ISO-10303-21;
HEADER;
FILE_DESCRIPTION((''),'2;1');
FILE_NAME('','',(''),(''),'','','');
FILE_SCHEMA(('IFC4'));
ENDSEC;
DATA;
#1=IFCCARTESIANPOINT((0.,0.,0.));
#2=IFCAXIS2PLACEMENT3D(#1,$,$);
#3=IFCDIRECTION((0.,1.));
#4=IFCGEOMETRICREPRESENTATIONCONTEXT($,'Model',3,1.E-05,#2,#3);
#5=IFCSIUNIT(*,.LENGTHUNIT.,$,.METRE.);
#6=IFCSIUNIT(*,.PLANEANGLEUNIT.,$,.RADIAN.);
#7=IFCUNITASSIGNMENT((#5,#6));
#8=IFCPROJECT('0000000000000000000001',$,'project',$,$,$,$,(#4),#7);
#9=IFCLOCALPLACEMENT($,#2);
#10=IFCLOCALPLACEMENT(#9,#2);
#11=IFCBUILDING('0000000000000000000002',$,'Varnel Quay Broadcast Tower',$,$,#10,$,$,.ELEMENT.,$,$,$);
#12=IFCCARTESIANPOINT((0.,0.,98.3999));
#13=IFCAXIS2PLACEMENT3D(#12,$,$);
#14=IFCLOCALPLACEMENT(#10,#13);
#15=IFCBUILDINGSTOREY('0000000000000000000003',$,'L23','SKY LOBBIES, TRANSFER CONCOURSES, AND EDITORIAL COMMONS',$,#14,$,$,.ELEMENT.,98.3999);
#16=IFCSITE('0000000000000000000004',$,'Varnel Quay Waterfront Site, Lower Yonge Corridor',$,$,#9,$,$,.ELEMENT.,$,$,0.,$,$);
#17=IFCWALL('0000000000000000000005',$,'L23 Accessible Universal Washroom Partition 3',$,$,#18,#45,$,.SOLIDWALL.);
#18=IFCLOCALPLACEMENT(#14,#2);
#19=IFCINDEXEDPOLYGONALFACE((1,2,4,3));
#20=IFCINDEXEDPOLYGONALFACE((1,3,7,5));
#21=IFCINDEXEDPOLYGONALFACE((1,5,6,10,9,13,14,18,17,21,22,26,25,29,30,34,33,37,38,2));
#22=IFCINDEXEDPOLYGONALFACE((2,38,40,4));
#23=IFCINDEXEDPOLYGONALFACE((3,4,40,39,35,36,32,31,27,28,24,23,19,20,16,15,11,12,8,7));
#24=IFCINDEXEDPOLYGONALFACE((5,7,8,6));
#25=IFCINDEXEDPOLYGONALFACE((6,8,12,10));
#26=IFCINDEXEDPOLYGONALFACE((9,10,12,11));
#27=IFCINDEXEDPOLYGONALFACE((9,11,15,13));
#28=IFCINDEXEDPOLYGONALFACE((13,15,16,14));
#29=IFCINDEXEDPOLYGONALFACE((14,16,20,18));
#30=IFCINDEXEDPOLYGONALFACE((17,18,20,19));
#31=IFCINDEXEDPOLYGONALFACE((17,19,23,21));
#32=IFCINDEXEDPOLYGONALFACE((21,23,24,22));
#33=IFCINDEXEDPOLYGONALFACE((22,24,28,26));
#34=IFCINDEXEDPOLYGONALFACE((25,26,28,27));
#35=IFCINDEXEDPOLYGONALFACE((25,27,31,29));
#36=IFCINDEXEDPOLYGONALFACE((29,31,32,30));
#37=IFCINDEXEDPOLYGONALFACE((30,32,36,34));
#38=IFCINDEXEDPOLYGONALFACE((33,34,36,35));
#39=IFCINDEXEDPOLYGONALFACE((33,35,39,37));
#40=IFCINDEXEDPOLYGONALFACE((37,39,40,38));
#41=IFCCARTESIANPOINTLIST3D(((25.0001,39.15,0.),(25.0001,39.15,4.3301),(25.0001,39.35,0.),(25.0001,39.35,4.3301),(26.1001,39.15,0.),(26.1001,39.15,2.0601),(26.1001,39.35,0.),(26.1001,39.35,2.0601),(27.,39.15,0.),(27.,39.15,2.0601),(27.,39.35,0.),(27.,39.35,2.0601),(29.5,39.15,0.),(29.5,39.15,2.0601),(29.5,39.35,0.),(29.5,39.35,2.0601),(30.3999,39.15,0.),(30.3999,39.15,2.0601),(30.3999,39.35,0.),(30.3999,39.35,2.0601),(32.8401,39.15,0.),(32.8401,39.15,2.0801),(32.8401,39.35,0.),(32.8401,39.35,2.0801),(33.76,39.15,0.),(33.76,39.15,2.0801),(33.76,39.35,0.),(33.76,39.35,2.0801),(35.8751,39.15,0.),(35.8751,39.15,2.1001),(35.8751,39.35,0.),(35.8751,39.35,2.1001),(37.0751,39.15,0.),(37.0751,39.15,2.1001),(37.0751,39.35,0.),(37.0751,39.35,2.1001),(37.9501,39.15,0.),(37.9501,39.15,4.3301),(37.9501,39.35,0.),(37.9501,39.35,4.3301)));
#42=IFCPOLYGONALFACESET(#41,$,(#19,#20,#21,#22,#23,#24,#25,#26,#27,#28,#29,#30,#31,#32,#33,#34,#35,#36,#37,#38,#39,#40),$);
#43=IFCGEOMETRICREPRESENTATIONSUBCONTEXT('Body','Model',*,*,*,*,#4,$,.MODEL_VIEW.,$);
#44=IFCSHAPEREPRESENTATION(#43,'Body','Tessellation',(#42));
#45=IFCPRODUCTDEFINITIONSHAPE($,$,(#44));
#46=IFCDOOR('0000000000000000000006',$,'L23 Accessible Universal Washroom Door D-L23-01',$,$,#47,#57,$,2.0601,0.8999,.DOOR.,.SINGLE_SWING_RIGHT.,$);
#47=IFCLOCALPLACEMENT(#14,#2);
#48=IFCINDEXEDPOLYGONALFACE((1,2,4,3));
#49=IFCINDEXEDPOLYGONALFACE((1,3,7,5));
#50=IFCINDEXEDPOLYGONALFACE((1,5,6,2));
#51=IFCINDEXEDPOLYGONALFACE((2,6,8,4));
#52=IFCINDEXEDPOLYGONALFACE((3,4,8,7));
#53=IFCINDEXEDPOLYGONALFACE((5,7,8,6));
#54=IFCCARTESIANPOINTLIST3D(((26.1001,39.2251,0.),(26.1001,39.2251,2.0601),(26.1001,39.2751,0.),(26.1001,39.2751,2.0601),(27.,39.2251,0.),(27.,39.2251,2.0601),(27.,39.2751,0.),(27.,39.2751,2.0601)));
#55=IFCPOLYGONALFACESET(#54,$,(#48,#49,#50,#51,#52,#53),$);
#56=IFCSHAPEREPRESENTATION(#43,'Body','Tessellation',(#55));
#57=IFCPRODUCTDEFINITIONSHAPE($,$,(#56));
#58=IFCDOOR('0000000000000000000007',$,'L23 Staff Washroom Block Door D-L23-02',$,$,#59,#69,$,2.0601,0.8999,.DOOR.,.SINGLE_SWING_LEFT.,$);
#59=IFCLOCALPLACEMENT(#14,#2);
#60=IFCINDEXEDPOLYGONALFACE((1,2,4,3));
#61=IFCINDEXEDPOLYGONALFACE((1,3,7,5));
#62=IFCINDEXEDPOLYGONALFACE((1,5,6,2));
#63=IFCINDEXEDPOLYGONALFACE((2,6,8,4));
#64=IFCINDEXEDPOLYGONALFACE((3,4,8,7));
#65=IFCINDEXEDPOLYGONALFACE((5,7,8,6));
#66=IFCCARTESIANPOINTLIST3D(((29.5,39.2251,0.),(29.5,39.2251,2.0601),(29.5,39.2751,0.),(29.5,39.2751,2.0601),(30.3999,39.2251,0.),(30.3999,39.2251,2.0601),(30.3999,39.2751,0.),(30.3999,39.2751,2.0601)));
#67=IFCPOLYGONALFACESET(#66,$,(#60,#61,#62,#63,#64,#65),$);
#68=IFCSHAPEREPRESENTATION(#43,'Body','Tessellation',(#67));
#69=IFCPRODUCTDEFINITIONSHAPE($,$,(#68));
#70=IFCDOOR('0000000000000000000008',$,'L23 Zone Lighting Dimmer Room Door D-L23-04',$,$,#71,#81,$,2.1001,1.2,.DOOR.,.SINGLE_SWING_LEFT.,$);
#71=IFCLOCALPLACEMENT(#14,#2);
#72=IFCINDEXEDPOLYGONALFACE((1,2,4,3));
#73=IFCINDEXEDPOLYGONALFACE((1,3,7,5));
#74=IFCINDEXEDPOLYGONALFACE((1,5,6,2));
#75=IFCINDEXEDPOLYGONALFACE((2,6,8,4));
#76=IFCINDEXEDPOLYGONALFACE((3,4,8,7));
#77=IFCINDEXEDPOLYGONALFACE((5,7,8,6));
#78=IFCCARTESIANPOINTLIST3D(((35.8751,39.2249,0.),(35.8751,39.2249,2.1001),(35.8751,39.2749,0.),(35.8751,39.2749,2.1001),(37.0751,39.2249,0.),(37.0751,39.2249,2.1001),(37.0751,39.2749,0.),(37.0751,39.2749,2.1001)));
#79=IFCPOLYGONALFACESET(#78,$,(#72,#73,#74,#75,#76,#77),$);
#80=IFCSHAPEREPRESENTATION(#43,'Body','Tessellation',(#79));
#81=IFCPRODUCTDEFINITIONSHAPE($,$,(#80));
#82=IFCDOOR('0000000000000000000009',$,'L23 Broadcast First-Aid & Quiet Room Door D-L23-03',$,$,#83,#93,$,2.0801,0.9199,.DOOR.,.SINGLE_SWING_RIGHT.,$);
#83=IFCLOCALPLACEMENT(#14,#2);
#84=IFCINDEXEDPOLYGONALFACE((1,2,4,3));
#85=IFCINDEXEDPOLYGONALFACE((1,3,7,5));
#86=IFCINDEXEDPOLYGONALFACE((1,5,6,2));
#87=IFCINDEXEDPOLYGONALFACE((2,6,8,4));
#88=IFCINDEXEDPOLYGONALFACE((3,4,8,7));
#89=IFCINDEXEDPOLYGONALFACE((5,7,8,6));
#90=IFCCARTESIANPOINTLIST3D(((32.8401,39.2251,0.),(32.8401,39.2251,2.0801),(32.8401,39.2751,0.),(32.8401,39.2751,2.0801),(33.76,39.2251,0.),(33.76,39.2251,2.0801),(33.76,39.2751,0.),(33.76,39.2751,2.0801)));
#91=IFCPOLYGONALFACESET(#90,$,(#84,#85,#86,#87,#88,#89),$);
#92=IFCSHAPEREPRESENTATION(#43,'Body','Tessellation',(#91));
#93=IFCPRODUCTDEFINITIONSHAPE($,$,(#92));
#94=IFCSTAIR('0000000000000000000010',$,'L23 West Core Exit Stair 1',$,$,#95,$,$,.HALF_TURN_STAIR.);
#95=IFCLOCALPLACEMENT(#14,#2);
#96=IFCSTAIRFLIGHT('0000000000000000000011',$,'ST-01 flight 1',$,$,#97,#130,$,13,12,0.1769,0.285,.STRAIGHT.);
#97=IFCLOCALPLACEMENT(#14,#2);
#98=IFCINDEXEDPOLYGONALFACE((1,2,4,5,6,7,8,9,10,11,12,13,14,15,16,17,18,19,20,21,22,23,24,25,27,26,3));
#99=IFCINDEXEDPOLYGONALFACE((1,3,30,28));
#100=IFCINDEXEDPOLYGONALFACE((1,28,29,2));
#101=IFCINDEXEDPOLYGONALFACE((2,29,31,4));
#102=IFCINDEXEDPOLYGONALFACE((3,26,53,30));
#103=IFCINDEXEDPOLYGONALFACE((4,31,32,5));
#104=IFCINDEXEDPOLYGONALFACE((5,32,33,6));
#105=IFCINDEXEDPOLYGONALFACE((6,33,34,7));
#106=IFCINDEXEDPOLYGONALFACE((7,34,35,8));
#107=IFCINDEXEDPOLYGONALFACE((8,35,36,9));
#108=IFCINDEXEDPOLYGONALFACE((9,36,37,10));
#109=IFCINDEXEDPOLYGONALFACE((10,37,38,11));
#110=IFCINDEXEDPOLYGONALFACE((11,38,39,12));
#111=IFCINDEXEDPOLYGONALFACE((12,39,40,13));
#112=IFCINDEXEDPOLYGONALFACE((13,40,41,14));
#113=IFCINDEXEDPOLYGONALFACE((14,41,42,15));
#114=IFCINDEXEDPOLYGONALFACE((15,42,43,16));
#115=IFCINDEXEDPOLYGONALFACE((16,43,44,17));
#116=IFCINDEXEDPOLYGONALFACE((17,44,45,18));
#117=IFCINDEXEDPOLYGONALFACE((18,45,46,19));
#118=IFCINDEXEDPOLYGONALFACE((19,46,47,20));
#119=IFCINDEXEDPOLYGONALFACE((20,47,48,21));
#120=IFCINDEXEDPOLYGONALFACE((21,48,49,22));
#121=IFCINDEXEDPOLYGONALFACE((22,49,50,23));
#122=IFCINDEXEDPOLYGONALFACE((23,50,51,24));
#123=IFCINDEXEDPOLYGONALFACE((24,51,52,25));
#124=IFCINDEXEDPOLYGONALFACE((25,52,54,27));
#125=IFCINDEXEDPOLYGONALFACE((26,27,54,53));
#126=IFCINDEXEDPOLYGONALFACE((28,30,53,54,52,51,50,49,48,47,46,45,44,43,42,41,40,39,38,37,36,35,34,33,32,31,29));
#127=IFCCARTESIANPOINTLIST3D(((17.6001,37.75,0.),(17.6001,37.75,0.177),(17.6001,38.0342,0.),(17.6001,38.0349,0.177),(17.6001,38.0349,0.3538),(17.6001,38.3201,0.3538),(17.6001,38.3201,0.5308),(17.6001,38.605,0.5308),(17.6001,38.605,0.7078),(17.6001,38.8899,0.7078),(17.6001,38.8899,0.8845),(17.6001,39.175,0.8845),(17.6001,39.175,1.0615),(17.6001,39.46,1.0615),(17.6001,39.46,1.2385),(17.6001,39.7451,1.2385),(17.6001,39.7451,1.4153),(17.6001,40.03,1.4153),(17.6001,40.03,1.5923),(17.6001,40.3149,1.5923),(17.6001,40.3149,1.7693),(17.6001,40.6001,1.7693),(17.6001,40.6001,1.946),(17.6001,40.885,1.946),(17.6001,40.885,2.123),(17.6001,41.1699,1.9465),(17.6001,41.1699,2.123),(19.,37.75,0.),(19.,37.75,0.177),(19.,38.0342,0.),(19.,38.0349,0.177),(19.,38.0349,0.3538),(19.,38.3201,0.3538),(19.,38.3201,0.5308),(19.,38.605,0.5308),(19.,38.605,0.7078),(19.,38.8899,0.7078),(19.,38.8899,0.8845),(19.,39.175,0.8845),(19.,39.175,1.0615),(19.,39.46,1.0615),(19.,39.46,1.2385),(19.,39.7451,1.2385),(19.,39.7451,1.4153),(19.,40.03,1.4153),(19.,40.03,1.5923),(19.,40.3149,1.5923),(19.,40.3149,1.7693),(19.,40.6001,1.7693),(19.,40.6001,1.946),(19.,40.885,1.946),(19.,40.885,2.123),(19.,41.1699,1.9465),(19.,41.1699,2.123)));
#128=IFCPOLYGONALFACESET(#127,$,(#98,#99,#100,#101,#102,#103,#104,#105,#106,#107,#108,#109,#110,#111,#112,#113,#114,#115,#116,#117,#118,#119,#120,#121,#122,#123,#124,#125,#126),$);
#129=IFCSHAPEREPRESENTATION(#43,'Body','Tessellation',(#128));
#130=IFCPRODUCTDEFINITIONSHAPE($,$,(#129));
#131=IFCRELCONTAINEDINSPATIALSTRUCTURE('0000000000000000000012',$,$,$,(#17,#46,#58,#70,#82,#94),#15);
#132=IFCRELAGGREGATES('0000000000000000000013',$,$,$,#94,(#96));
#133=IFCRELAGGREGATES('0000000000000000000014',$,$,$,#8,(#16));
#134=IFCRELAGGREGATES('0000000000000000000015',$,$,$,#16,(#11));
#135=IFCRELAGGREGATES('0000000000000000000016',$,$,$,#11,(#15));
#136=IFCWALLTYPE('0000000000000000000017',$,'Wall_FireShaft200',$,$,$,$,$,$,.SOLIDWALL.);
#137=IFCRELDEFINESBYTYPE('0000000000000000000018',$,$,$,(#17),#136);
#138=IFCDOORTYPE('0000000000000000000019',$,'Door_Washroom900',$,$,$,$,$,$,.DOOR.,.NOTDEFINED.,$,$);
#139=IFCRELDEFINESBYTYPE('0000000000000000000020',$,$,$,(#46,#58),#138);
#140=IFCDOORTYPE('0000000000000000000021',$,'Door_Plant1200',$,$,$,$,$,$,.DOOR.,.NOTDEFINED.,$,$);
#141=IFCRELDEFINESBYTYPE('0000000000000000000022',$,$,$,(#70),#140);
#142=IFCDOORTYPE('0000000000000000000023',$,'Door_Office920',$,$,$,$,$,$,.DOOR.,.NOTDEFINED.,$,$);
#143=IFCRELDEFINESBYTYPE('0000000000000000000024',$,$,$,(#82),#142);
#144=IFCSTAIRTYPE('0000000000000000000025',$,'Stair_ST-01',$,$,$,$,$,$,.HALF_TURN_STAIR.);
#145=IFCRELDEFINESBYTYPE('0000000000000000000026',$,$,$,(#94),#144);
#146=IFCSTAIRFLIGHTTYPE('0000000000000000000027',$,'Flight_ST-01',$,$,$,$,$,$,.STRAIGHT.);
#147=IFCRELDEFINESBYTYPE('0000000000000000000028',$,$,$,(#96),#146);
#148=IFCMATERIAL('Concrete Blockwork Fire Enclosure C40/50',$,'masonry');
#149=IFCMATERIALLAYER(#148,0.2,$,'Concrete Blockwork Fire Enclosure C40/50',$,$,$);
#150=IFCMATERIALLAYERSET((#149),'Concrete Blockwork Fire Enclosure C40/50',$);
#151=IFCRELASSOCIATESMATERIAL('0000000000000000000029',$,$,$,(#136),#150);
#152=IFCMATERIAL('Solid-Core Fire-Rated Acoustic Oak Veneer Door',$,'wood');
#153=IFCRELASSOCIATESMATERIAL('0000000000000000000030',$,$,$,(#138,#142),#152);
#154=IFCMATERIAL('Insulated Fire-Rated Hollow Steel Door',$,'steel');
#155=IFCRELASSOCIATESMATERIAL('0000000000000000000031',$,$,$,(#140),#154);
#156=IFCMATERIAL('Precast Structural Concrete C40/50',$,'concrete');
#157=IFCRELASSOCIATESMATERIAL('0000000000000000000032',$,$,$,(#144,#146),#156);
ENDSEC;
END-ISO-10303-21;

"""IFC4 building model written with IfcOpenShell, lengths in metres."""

from ifc_helpers import new_model, si_unit, direction, frame, frame_2d, origin, place, context, subcontext, project, spatial, polyline, rectangle, outline, extrude, source, transform, mapped, material, layer, layer_set, type_object, type_shapes, element, fill, aggregate, save


model = new_model("IFC4")

# Units and contexts
model_context = context("Model", 3, precision=1e-05, world=origin(), true_north=direction((0.0, 1.0)))
body_context = subcontext(model_context, "Body", "Model", "MODEL_VIEW")
ifc_project = project(units=[si_unit("LENGTHUNIT", "METRE"), si_unit("PLANEANGLEUNIT", "RADIAN")], contexts=[model_context])

# Site, building, storey
site_placement = place(None, origin())
site = spatial("IfcSite", under=ifc_project, at=site_placement, Name="Varnel Quay Waterfront Site, Lower Yonge Corridor", CompositionType="ELEMENT", RefElevation=0.0)
building_placement = place(site_placement, origin())
building = spatial("IfcBuilding", under=site, at=building_placement, Name="Varnel Quay Broadcast Tower", CompositionType="ELEMENT")
storey_placement = place(building_placement, frame((0.0, 0.0, 98.3999)))
storey = spatial("IfcBuildingStorey", under=building, at=storey_placement, Name="L23", Description="SKY LOBBIES, TRANSFER CONCOURSES, AND EDITORIAL COMMONS", CompositionType="ELEMENT", Elevation=98.3999)

# Wall, openings, doors
ifc_material_1 = material(Name="Concrete Blockwork Fire Enclosure C40/50", Category="masonry")
ifc_layer_1 = layer(ifc_material_1, 0.2, Name="Concrete Blockwork Fire Enclosure C40/50")
ifc_layer_set_1 = layer_set([ifc_layer_1], Name="Concrete Blockwork Fire Enclosure C40/50")
wall_type_1 = type_object("IfcWallType", Name="Wall_FireShaft200", PredefinedType="SOLIDWALL", material=ifc_layer_set_1)
wall_1_placement = place(storey_placement, frame((25.0, 39.25, 0.0), z_axis=(0.0, 0.0, 1.0), x_axis=(1.0, 0.0, 0.0)))
wall_1 = element("IfcWall", 1, at=wall_1_placement, inside=storey, type_object=wall_type_1, Name="L23 Accessible Universal Washroom Partition 3", PredefinedType="SOLIDWALL", context=body_context, shape_type="SweptSolid", body=[
    extrude(rectangle(XDim=12.95, YDim=0.2, at=frame_2d((6.4751, 0.0))), origin(), (0.0, 0.0, 1.0), 4.3301),
])
opening_1_placement = place(wall_1_placement, frame((1.1001, 0.0, 0.0)))
opening_1 = element("IfcOpeningElement", 2, at=opening_1_placement, cuts=wall_1, PredefinedType="OPENING", context=body_context, shape_type="SweptSolid", body=[
    extrude(rectangle(XDim=0.8999, YDim=2.0601, at=frame_2d((0.45, 1.03))), frame((0.0, 0.1099, 0.0), z_axis=(0.0, -1.0, 0.0), x_axis=(1.0, 0.0, 0.0)), (0.0, 0.0, 1.0), 0.22),
])
opening_2_placement = place(wall_1_placement, frame((4.5, 0.0, 0.0)))
opening_2 = element("IfcOpeningElement", 3, at=opening_2_placement, cuts=wall_1, PredefinedType="OPENING", context=body_context, shape_type="SweptSolid", body=[
    extrude(rectangle(XDim=0.8999, YDim=2.0601, at=frame_2d((0.45, 1.03))), frame((0.0, 0.1099, 0.0), z_axis=(0.0, -1.0, 0.0), x_axis=(1.0, 0.0, 0.0)), (0.0, 0.0, 1.0), 0.22),
])
opening_3_placement = place(wall_1_placement, frame((7.8401, 0.0, 0.0)))
opening_3 = element("IfcOpeningElement", 4, at=opening_3_placement, cuts=wall_1, PredefinedType="OPENING", context=body_context, shape_type="SweptSolid", body=[
    extrude(rectangle(XDim=0.9199, YDim=2.0801, at=frame_2d((0.46, 1.04))), frame((0.0, 0.1099, 0.0), z_axis=(0.0, -1.0, 0.0), x_axis=(1.0, 0.0, 0.0)), (0.0, 0.0, 1.0), 0.22),
])
opening_4_placement = place(wall_1_placement, frame((10.875, 0.0, 0.0)))
opening_4 = element("IfcOpeningElement", 5, at=opening_4_placement, cuts=wall_1, PredefinedType="OPENING", context=body_context, shape_type="SweptSolid", body=[
    extrude(rectangle(XDim=1.2, YDim=2.1001, at=frame_2d((0.6001, 1.05))), frame((0.0, 0.1099, 0.0), z_axis=(0.0, -1.0, 0.0), x_axis=(1.0, 0.0, 0.0)), (0.0, 0.0, 1.0), 0.22),
])
ifc_material_2 = material(Name="Solid-Core Fire-Rated Acoustic Oak Veneer Door", Category="wood")
door_type_1 = type_object("IfcDoorType", Name="Door_Washroom900", OperationType="NOTDEFINED", PredefinedType="DOOR", material=ifc_material_2)
shared_shape_1 = source(origin(), body_context, "Body", "SweptSolid", [
    extrude(rectangle(XDim=0.8999, YDim=2.0601, at=frame_2d((0.45, 1.03))), frame((0.0, 0.0249, 0.0), z_axis=(0.0, -1.0, 0.0), x_axis=(1.0, 0.0, 0.0)), (0.0, 0.0, 1.0), 0.05),
])
type_shapes(door_type_1, [shared_shape_1])
door_1_placement = place(opening_1_placement, frame((0.8999, 0.0, 0.0), z_axis=(0.0, 0.0, 1.0), x_axis=(-1.0, 0.0, 0.0)))
door_1 = element("IfcDoor", 6, at=door_1_placement, inside=storey, type_object=door_type_1, Name="L23 Accessible Universal Washroom Door D-L23-01", OperationType="SINGLE_SWING_RIGHT", OverallHeight=2.0601, OverallWidth=0.8999, PredefinedType="DOOR", context=body_context, shape_type="MappedRepresentation", body=[
    mapped(shared_shape_1, transform((0.0, 0.0, 0.0), x_axis=(1.0, 0.0, 0.0), y_axis=(0.0, 1.0, 0.0), z_axis=(0.0, 0.0, 1.0), scale=1.0)),
])
fill(opening_1, door_1)
door_2_placement = place(opening_2_placement, frame((0.8999, 0.0, 0.0), z_axis=(0.0, 0.0, 1.0), x_axis=(-1.0, 0.0, 0.0)))
door_2 = element("IfcDoor", 7, at=door_2_placement, inside=storey, type_object=door_type_1, Name="L23 Staff Washroom Block Door D-L23-02", OperationType="SINGLE_SWING_LEFT", OverallHeight=2.0601, OverallWidth=0.8999, PredefinedType="DOOR", context=body_context, shape_type="MappedRepresentation", body=[
    mapped(shared_shape_1, transform((0.0, 0.0, 0.0), x_axis=(1.0, 0.0, 0.0), y_axis=(0.0, 1.0, 0.0), z_axis=(0.0, 0.0, 1.0), scale=1.0)),
])
fill(opening_2, door_2)
ifc_material_3 = material(Name="Insulated Fire-Rated Hollow Steel Door", Category="steel")
door_type_2 = type_object("IfcDoorType", Name="Door_Plant1200", OperationType="NOTDEFINED", PredefinedType="DOOR", material=ifc_material_3)
shared_shape_2 = source(origin(), body_context, "Body", "SweptSolid", [
    extrude(rectangle(XDim=1.2, YDim=2.1001, at=frame_2d((0.6001, 1.05))), frame((0.0, 0.0249, 0.0), z_axis=(0.0, -1.0, 0.0), x_axis=(1.0, 0.0, 0.0)), (0.0, 0.0, 1.0), 0.05),
])
type_shapes(door_type_2, [shared_shape_2])
door_3_placement = place(opening_4_placement, origin())
door_3 = element("IfcDoor", 8, at=door_3_placement, inside=storey, type_object=door_type_2, Name="L23 Zone Lighting Dimmer Room Door D-L23-04", OperationType="SINGLE_SWING_LEFT", OverallHeight=2.1001, OverallWidth=1.2, PredefinedType="DOOR", context=body_context, shape_type="MappedRepresentation", body=[
    mapped(shared_shape_2, transform((0.0, 0.0, 0.0), x_axis=(1.0, 0.0, 0.0), y_axis=(0.0, 1.0, 0.0), z_axis=(0.0, 0.0, 1.0), scale=1.0)),
])
fill(opening_4, door_3)
door_type_3 = type_object("IfcDoorType", Name="Door_Office920", OperationType="NOTDEFINED", PredefinedType="DOOR", material=ifc_material_2)
shared_shape_3 = source(origin(), body_context, "Body", "SweptSolid", [
    extrude(rectangle(XDim=0.9199, YDim=2.0801, at=frame_2d((0.46, 1.04))), frame((0.0, 0.0249, 0.0), z_axis=(0.0, -1.0, 0.0), x_axis=(1.0, 0.0, 0.0)), (0.0, 0.0, 1.0), 0.05),
])
type_shapes(door_type_3, [shared_shape_3])
door_4_placement = place(opening_3_placement, frame((0.9199, 0.0, 0.0), z_axis=(0.0, 0.0, 1.0), x_axis=(-1.0, 0.0, 0.0)))
door_4 = element("IfcDoor", 9, at=door_4_placement, inside=storey, type_object=door_type_3, Name="L23 Broadcast First-Aid & Quiet Room Door D-L23-03", OperationType="SINGLE_SWING_RIGHT", OverallHeight=2.0801, OverallWidth=0.9199, PredefinedType="DOOR", context=body_context, shape_type="MappedRepresentation", body=[
    mapped(shared_shape_3, transform((0.0, 0.0, 0.0), x_axis=(1.0, 0.0, 0.0), y_axis=(0.0, 1.0, 0.0), z_axis=(0.0, 0.0, 1.0), scale=1.0)),
])
fill(opening_3, door_4)

# Stair, stair flight
ifc_material_4 = material(Name="Precast Structural Concrete C40/50", Category="concrete")
stair_type = type_object("IfcStairType", Name="Stair_ST-01", PredefinedType="HALF_TURN_STAIR", material=ifc_material_4)
stair_placement = place(storey_placement, origin())
stair = element("IfcStair", 10, at=stair_placement, inside=storey, type_object=stair_type, Name="L23 West Core Exit Stair 1", PredefinedType="HALF_TURN_STAIR")
stair_flight_type = type_object("IfcStairFlightType", Name="Flight_ST-01", PredefinedType="STRAIGHT", material=ifc_material_4)
stair_flight_1_placement = place(storey_placement, frame((18.3, 37.75, 0.0), z_axis=(0.0, 0.0, 1.0), x_axis=(0.0, 1.0, 0.0)))
stair_flight_1 = element("IfcStairFlight", 11, at=stair_flight_1_placement, type_object=stair_flight_type, Name="ST-01 flight 1", NumberOfRisers=13, NumberOfTreads=12, PredefinedType="STRAIGHT", RiserHeight=0.1769, TreadLength=0.285, context=body_context, shape_type="SweptSolid", body=[
    extrude(outline(polyline([(0.0, 0.0), (0.0, 0.177), (0.2849, 0.177), (0.2849, 0.3538), (0.5701, 0.3538), (0.5701, 0.5308), (0.855, 0.5308), (0.855, 0.7078), (1.1399, 0.7078), (1.1399, 0.8845), (1.425, 0.8845), (1.425, 1.0615), (1.71, 1.0615), (1.71, 1.2385), (1.9951, 1.2385), (1.9951, 1.4153), (2.28, 1.4153), (2.28, 1.5923), (2.5649, 1.5923), (2.5649, 1.7693), (2.8501, 1.7693), (2.8501, 1.946), (3.135, 1.946), (3.135, 2.123), (3.4199, 2.123), (3.4199, 2.3), (3.4199, 1.9465), (0.2842, 0.0), (0.0, 0.0)])), frame((0.0, 0.7, 0.0), z_axis=(0.0, -1.0, 0.0), x_axis=(1.0, 0.0, 0.0)), (0.0, 0.0, 1.0), 1.3999),
])
aggregate(stair, [stair_flight_1])

save(model, "model.ifc")
